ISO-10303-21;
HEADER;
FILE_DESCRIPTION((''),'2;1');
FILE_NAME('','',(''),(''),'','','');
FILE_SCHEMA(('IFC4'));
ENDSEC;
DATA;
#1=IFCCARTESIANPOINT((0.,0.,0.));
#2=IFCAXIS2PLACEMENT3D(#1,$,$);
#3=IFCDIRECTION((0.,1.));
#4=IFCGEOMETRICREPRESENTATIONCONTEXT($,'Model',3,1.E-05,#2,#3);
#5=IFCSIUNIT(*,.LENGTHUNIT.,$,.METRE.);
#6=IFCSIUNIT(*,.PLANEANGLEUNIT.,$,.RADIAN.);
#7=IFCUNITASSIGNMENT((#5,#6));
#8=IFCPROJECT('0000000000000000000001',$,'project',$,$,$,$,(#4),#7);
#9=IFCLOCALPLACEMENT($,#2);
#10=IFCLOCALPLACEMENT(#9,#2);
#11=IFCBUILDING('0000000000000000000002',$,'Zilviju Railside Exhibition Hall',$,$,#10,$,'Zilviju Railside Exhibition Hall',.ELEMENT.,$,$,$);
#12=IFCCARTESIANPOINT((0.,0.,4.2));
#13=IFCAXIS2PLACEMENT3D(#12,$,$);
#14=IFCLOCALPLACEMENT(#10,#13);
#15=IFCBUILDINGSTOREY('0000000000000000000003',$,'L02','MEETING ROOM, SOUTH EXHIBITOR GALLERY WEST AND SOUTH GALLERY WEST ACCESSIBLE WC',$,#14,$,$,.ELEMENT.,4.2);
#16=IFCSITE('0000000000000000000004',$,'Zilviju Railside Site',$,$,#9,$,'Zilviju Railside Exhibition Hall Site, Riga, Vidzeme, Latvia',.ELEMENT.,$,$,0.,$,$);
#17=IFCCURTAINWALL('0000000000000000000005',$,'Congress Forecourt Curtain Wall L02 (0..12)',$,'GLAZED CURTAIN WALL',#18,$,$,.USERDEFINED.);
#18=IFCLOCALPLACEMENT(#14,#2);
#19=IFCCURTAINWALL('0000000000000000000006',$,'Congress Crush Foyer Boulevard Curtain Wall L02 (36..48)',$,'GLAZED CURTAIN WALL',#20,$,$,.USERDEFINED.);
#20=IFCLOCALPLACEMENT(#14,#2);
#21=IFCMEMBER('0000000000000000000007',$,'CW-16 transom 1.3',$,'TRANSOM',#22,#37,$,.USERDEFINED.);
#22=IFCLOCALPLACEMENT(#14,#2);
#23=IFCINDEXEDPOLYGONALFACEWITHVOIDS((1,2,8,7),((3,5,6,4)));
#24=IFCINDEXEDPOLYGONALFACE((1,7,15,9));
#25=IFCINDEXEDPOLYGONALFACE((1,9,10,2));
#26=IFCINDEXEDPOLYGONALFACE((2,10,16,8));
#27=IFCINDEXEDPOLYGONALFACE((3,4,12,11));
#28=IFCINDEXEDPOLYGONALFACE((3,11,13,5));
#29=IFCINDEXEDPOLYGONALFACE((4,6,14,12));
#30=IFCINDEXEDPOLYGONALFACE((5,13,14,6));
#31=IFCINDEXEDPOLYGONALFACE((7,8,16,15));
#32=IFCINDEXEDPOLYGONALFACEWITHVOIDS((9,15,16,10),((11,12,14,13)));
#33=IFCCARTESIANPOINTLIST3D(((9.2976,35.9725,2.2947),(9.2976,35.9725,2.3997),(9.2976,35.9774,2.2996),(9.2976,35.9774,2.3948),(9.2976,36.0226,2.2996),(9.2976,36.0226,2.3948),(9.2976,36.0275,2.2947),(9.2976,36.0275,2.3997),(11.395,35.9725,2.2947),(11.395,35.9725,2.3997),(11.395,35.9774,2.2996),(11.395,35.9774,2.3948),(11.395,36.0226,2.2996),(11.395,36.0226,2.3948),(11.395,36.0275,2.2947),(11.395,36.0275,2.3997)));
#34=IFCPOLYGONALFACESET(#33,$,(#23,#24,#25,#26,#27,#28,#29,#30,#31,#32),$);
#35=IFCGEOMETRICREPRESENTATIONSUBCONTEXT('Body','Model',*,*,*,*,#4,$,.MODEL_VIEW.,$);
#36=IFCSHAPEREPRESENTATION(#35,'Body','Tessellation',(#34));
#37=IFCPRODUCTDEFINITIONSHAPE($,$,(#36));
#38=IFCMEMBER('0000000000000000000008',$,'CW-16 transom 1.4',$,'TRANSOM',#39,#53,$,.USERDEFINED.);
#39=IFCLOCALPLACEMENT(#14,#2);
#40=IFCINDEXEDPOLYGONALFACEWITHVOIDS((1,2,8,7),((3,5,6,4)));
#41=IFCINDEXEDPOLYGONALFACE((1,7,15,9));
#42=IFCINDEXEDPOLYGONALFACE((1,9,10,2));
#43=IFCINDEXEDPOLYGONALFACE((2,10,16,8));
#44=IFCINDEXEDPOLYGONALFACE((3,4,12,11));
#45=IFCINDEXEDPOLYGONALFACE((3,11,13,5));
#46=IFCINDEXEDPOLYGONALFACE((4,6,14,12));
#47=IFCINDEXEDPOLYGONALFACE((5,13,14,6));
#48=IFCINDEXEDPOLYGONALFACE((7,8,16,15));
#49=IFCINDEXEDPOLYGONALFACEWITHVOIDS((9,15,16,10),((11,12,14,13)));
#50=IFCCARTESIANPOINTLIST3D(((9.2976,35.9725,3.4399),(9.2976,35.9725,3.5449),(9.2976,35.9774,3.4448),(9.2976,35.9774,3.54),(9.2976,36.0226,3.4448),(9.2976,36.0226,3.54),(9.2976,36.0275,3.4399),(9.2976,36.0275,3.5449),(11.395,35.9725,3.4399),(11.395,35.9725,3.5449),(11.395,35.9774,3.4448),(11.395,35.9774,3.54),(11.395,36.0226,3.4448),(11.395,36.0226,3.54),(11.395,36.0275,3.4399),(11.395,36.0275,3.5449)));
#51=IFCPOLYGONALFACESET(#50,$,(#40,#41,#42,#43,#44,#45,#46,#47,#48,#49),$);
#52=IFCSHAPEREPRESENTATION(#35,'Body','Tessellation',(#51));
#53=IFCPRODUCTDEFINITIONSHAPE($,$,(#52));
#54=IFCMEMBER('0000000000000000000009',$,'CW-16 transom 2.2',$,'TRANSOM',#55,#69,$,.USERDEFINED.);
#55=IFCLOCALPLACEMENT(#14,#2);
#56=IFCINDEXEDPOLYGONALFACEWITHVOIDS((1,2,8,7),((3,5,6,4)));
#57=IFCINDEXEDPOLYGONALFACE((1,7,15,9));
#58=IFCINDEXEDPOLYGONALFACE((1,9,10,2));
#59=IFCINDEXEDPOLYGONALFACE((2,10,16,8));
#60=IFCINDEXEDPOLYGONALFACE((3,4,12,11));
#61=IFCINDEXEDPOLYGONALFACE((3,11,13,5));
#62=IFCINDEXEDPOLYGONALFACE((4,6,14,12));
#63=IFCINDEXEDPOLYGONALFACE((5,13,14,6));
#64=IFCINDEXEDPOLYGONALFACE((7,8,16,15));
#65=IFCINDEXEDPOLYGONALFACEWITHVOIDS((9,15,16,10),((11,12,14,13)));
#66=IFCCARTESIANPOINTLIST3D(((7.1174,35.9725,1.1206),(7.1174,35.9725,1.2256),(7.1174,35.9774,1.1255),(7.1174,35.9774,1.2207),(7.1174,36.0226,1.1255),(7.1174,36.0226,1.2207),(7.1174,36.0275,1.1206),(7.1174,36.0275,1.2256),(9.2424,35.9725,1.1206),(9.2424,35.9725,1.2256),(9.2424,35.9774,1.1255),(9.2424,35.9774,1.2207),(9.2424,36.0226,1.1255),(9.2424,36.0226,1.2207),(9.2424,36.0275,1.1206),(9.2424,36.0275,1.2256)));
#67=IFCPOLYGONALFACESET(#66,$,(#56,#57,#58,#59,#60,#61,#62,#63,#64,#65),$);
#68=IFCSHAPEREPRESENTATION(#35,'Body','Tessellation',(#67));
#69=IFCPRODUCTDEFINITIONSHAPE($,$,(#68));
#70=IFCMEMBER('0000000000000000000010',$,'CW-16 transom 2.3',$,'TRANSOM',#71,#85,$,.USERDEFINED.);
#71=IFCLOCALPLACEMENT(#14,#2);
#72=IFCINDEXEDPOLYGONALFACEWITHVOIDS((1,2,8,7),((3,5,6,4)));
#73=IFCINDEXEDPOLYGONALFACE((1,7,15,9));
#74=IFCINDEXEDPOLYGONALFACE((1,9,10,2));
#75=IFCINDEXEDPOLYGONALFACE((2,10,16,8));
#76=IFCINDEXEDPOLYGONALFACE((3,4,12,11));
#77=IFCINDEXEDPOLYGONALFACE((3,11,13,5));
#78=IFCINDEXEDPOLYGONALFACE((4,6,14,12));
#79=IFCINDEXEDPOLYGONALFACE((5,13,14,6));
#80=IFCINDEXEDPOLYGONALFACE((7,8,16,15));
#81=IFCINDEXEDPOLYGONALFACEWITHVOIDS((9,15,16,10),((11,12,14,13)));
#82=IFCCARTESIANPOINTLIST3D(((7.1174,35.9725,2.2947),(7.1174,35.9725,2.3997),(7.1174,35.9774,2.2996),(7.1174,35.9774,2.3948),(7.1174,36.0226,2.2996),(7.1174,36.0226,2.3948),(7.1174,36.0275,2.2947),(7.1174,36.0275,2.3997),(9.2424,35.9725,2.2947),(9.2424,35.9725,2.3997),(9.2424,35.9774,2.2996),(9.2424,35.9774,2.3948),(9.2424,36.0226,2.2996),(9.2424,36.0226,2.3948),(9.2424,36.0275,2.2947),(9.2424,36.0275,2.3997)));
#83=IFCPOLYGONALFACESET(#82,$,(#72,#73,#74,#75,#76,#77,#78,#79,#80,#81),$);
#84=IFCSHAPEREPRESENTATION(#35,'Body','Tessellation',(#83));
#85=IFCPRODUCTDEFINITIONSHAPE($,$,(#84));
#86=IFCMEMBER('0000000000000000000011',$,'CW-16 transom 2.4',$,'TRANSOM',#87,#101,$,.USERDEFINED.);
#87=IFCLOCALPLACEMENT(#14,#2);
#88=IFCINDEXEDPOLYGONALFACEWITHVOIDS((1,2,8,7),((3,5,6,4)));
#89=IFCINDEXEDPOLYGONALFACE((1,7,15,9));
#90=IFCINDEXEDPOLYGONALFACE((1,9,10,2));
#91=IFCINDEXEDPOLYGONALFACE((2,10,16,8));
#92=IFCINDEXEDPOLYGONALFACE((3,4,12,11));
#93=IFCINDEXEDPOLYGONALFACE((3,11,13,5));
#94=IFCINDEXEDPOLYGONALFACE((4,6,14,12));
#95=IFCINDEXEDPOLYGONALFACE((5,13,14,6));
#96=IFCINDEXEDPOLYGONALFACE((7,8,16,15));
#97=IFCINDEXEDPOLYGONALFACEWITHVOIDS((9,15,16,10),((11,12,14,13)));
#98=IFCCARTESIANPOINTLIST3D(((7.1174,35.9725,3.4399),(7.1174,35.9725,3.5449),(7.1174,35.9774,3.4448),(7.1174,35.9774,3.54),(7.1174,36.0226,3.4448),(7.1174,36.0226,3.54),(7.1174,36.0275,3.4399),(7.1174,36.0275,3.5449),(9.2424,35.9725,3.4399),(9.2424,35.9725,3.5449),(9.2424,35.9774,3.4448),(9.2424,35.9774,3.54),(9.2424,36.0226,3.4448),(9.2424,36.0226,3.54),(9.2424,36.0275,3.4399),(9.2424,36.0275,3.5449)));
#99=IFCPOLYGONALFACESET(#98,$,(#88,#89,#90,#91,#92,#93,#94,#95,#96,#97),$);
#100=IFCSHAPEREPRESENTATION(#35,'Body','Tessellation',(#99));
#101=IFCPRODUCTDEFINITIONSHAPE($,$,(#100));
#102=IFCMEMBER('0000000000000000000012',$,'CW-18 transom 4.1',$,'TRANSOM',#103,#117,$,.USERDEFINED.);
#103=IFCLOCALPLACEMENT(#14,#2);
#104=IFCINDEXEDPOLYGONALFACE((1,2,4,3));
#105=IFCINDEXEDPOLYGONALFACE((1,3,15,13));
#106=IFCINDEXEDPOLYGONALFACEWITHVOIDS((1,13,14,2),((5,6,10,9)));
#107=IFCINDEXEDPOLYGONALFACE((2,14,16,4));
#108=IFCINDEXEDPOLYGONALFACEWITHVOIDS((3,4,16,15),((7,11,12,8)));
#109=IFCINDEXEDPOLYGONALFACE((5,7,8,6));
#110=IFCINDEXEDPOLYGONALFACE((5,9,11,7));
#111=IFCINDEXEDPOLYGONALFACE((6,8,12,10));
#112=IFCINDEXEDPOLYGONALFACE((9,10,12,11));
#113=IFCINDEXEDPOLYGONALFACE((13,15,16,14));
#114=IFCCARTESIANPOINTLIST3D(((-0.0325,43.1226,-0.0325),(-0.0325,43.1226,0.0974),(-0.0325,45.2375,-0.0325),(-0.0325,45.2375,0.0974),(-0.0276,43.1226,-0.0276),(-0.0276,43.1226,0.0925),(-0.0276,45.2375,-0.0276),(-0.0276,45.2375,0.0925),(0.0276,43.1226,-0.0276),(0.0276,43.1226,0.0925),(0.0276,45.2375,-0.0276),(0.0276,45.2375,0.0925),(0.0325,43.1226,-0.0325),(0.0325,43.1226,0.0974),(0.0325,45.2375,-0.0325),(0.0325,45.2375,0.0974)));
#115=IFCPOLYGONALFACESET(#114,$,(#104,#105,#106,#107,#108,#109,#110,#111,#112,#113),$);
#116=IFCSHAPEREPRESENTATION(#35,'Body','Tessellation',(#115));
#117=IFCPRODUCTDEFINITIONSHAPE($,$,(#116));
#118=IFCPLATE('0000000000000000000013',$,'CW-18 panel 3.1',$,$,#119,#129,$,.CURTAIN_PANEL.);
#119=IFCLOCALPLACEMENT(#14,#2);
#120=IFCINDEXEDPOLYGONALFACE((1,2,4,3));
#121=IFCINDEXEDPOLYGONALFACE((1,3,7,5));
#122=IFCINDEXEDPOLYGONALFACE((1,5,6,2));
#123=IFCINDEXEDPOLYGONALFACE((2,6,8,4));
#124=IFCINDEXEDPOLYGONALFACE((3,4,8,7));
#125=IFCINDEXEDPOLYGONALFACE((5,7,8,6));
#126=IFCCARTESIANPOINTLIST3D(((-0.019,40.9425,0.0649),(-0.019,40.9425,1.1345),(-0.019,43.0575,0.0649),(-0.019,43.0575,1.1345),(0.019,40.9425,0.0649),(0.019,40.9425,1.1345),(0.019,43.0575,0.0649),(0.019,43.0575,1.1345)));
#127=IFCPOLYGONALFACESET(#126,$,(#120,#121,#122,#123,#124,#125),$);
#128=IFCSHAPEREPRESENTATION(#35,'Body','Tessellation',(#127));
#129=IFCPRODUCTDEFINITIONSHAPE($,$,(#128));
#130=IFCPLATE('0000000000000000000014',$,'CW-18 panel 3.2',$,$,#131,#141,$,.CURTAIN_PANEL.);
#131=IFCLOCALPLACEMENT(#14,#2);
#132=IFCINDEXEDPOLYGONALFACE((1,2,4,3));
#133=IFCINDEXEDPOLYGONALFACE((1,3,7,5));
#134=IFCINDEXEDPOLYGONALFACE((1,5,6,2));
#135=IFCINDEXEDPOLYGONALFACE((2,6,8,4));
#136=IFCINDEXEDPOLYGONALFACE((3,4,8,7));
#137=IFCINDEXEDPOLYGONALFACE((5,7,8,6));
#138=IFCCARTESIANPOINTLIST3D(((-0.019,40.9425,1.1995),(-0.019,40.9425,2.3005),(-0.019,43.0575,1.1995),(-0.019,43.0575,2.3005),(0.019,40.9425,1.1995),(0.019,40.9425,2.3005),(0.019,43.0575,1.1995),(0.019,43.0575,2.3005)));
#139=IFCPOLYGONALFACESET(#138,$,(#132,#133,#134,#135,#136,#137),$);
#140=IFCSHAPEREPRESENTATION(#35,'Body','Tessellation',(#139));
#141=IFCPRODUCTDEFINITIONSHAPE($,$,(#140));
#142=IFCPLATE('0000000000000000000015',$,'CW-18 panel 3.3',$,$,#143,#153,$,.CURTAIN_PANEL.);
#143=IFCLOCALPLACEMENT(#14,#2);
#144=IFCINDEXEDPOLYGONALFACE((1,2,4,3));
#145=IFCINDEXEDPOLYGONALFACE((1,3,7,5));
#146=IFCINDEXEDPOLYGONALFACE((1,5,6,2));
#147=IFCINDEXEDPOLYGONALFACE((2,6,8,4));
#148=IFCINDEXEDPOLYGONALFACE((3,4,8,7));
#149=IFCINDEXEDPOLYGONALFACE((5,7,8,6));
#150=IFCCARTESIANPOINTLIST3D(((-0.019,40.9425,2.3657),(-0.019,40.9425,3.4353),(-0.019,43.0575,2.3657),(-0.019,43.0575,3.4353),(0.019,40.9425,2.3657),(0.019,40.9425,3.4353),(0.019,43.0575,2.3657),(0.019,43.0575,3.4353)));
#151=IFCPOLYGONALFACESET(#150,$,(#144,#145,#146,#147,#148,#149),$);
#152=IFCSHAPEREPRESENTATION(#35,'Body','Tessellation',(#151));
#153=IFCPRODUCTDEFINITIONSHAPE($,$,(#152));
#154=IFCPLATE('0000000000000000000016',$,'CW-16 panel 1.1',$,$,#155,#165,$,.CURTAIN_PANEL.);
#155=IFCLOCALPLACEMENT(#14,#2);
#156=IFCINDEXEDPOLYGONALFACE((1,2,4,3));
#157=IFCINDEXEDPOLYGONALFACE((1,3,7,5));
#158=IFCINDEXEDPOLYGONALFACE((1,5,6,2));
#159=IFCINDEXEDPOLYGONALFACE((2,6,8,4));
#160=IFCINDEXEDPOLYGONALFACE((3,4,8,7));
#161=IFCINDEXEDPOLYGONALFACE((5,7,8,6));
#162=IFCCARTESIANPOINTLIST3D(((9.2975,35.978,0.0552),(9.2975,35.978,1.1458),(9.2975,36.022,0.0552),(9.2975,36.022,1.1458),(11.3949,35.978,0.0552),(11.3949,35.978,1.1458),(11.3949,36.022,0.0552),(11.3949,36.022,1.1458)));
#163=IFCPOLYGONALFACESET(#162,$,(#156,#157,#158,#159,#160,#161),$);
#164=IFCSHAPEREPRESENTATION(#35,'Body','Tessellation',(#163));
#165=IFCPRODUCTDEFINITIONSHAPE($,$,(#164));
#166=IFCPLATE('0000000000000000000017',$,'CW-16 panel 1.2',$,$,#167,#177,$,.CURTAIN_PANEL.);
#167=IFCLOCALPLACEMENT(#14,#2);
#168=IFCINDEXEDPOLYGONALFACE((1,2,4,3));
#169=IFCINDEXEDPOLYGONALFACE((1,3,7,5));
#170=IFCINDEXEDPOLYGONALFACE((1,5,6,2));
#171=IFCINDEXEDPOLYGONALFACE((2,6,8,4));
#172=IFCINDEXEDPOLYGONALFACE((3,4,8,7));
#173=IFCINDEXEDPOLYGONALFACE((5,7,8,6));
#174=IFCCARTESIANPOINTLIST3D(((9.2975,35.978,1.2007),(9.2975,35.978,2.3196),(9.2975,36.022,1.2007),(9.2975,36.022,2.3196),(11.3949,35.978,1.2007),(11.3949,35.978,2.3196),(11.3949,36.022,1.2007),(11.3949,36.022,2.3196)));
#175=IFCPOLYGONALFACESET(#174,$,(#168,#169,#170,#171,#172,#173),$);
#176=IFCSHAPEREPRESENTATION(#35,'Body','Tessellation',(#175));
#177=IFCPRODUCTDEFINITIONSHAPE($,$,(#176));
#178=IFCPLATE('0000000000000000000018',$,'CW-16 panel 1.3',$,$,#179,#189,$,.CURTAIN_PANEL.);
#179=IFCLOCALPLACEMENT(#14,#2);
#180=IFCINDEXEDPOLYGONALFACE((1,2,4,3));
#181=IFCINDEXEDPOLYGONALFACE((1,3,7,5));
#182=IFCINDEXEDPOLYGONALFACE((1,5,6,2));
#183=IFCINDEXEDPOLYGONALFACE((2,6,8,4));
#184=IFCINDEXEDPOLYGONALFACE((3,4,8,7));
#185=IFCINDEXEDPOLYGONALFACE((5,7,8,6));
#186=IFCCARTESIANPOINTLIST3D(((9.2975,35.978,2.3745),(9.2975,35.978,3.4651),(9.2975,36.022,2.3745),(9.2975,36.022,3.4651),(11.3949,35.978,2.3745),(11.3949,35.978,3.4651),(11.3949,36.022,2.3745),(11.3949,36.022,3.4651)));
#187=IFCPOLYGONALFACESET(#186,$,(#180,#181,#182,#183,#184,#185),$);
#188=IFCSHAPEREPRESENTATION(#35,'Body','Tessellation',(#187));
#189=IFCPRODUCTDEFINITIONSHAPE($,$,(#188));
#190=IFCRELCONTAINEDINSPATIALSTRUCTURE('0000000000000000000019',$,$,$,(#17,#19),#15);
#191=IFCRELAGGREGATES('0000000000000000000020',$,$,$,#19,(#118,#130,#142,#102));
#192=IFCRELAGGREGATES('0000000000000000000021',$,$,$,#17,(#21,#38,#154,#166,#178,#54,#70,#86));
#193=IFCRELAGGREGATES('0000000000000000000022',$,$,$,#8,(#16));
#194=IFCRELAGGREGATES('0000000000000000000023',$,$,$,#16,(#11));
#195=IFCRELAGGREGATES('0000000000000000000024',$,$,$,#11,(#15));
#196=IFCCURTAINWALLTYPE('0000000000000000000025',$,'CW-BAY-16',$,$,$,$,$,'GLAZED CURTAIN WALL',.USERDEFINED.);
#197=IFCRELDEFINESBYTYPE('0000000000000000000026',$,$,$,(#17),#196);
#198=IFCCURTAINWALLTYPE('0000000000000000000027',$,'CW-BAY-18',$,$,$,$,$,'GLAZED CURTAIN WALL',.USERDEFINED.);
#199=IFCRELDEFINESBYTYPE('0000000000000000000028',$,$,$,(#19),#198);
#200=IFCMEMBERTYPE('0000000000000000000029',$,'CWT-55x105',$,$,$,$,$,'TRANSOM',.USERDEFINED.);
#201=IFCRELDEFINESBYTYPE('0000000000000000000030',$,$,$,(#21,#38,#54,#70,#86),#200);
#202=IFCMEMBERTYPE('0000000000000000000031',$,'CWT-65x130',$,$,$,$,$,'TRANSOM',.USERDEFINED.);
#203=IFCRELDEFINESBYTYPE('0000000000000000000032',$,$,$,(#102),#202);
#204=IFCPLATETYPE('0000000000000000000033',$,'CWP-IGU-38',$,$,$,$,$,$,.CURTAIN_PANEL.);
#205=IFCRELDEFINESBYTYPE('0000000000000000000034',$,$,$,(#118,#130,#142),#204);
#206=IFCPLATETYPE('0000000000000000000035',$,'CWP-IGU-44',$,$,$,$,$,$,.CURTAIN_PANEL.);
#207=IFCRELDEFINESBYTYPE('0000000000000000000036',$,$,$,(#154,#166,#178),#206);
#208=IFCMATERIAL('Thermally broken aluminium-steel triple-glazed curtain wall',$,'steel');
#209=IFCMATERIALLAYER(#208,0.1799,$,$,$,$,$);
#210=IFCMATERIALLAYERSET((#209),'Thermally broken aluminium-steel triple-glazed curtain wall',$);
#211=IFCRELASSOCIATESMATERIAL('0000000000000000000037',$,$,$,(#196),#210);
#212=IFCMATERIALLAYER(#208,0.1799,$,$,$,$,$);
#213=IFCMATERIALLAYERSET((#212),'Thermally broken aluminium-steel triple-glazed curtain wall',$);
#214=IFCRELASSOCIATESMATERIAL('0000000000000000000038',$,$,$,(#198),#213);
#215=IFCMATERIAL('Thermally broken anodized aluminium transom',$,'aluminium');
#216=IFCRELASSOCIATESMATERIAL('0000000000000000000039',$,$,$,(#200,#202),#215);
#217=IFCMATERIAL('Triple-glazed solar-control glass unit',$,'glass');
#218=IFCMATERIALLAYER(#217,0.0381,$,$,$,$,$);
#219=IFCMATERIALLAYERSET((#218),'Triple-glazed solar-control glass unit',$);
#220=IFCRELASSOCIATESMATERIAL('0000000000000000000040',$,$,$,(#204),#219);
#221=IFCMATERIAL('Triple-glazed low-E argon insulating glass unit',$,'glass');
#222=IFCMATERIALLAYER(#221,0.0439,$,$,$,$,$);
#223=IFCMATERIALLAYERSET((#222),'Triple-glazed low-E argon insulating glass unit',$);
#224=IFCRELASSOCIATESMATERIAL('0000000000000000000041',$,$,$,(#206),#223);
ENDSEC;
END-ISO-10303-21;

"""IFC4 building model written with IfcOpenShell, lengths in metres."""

from ifc_helpers import new_model, si_unit, direction, frame, origin, origin_2d, place, context, subcontext, project, spatial, rectangle, hollow_rectangle, extrude, material, layer, layer_set, material_profile, profile_set, type_object, element, aggregate, save


model = new_model("IFC4")

# Units and contexts
model_context = context("Model", 3, precision=1e-05, world=origin(), true_north=direction((0.0, 1.0)))
body_context = subcontext(model_context, "Body", "Model", "MODEL_VIEW")
ifc_project = project(units=[si_unit("LENGTHUNIT", "METRE"), si_unit("PLANEANGLEUNIT", "RADIAN")], contexts=[model_context])

# Site, building, storey
site_placement = place(None, origin())
site = spatial("IfcSite", under=ifc_project, at=site_placement, Name="Zilviju Railside Site", LongName="Zilviju Railside Exhibition Hall Site, Riga, Vidzeme, Latvia", CompositionType="ELEMENT", RefElevation=0.0)
building_placement = place(site_placement, origin())
building = spatial("IfcBuilding", under=site, at=building_placement, Name="Zilviju Railside Exhibition Hall", LongName="Zilviju Railside Exhibition Hall", CompositionType="ELEMENT")
storey_placement = place(building_placement, frame((0.0, 0.0, 4.2)))
storey = spatial("IfcBuildingStorey", under=building, at=storey_placement, Name="L02", Description="MEETING ROOM, SOUTH EXHIBITOR GALLERY WEST AND SOUTH GALLERY WEST ACCESSIBLE WC", CompositionType="ELEMENT", Elevation=4.2)

# Curtain wall
ifc_material_1 = material(Name="Thermally broken aluminium-steel triple-glazed curtain wall", Category="steel")
ifc_layer_1 = layer(ifc_material_1, 0.1799)
ifc_layer_set_1 = layer_set([ifc_layer_1], Name="Thermally broken aluminium-steel triple-glazed curtain wall")
curtain_wall_type_1 = type_object("IfcCurtainWallType", Name="CW-BAY-16", ElementType="GLAZED CURTAIN WALL", PredefinedType="USERDEFINED", material=ifc_layer_set_1)
curtain_wall_1_placement = place(storey_placement, origin())
curtain_wall_1 = element("IfcCurtainWall", 1, at=curtain_wall_1_placement, inside=storey, type_object=curtain_wall_type_1, Name="Congress Forecourt Curtain Wall L02 (0..12)", ObjectType="GLAZED CURTAIN WALL", PredefinedType="USERDEFINED")

# Curtain wall
ifc_layer_2 = layer(ifc_material_1, 0.1799)
ifc_layer_set_2 = layer_set([ifc_layer_2], Name="Thermally broken aluminium-steel triple-glazed curtain wall")
curtain_wall_type_2 = type_object("IfcCurtainWallType", Name="CW-BAY-18", ElementType="GLAZED CURTAIN WALL", PredefinedType="USERDEFINED", material=ifc_layer_set_2)
curtain_wall_2_placement = place(storey_placement, origin())
curtain_wall_2 = element("IfcCurtainWall", 2, at=curtain_wall_2_placement, inside=storey, type_object=curtain_wall_type_2, Name="Congress Crush Foyer Boulevard Curtain Wall L02 (36..48)", ObjectType="GLAZED CURTAIN WALL", PredefinedType="USERDEFINED")

# Members
ifc_material_2 = material(Name="Thermally broken anodized aluminium transom", Category="aluminium")
ifc_material_profile_1 = material_profile(ifc_material_2, hollow_rectangle(XDim=0.0549, YDim=0.105, WallThickness=0.0049, at=origin_2d()), Name="TRANSOM 105x55x5")
ifc_profile_set_1 = profile_set([ifc_material_profile_1], Name="Thermally broken anodized aluminium transom")
member_type_1 = type_object("IfcMemberType", Name="CWT-55x105", ElementType="TRANSOM", PredefinedType="USERDEFINED", material=ifc_profile_set_1)
member_1_placement = place(storey_placement, frame((11.395, 36.0, 2.3472), z_axis=(-1.0, 0.0, 0.0), x_axis=(0.0, -1.0, 0.0)))
member_1 = element("IfcMember", 3, at=member_1_placement, type_object=member_type_1, Name="CW-16 transom 1.3", ObjectType="TRANSOM", PredefinedType="USERDEFINED", context=body_context, shape_type="SweptSolid", body=[
    extrude(hollow_rectangle(XDim=0.0549, YDim=0.105, WallThickness=0.0049, at=origin_2d()), origin(), (0.0, 0.0, 1.0), 2.0974),
])
member_2_placement = place(storey_placement, frame((11.395, 36.0, 3.4924), z_axis=(-1.0, 0.0, 0.0), x_axis=(0.0, -1.0, 0.0)))
member_2 = element("IfcMember", 4, at=member_2_placement, type_object=member_type_1, Name="CW-16 transom 1.4", ObjectType="TRANSOM", PredefinedType="USERDEFINED", context=body_context, shape_type="SweptSolid", body=[
    extrude(hollow_rectangle(XDim=0.0549, YDim=0.105, WallThickness=0.0049, at=origin_2d()), origin(), (0.0, 0.0, 1.0), 2.0974),
])
member_3_placement = place(storey_placement, frame((9.2424, 36.0, 1.1731), z_axis=(-1.0, 0.0, 0.0), x_axis=(0.0, -1.0, 0.0)))
member_3 = element("IfcMember", 5, at=member_3_placement, type_object=member_type_1, Name="CW-16 transom 2.2", ObjectType="TRANSOM", PredefinedType="USERDEFINED", context=body_context, shape_type="SweptSolid", body=[
    extrude(hollow_rectangle(XDim=0.0549, YDim=0.105, WallThickness=0.0049, at=origin_2d()), origin(), (0.0, 0.0, 1.0), 2.125),
])
member_4_placement = place(storey_placement, frame((9.2424, 36.0, 2.3472), z_axis=(-1.0, 0.0, 0.0), x_axis=(0.0, -1.0, 0.0)))
member_4 = element("IfcMember", 6, at=member_4_placement, type_object=member_type_1, Name="CW-16 transom 2.3", ObjectType="TRANSOM", PredefinedType="USERDEFINED", context=body_context, shape_type="SweptSolid", body=[
    extrude(hollow_rectangle(XDim=0.0549, YDim=0.105, WallThickness=0.0049, at=origin_2d()), origin(), (0.0, 0.0, 1.0), 2.125),
])
member_5_placement = place(storey_placement, frame((9.2424, 36.0, 3.4924), z_axis=(-1.0, 0.0, 0.0), x_axis=(0.0, -1.0, 0.0)))
member_5 = element("IfcMember", 7, at=member_5_placement, type_object=member_type_1, Name="CW-16 transom 2.4", ObjectType="TRANSOM", PredefinedType="USERDEFINED", context=body_context, shape_type="SweptSolid", body=[
    extrude(hollow_rectangle(XDim=0.0549, YDim=0.105, WallThickness=0.0049, at=origin_2d()), origin(), (0.0, 0.0, 1.0), 2.125),
])
ifc_material_profile_2 = material_profile(ifc_material_2, hollow_rectangle(XDim=0.0649, YDim=0.1299, WallThickness=0.0049, at=origin_2d()), Name="TRANSOM 130x65x5")
ifc_profile_set_2 = profile_set([ifc_material_profile_2], Name="Thermally broken anodized aluminium transom")
member_type_2 = type_object("IfcMemberType", Name="CWT-65x130", ElementType="TRANSOM", PredefinedType="USERDEFINED", material=ifc_profile_set_2)
member_6_placement = place(storey_placement, frame((0.0, 43.1226, 0.0325), z_axis=(0.0, 1.0, 0.0), x_axis=(-1.0, 0.0, 0.0)))
member_6 = element("IfcMember", 8, at=member_6_placement, type_object=member_type_2, Name="CW-18 transom 4.1", ObjectType="TRANSOM", PredefinedType="USERDEFINED", context=body_context, shape_type="SweptSolid", body=[
    extrude(hollow_rectangle(XDim=0.0649, YDim=0.1299, WallThickness=0.0049, at=origin_2d()), origin(), (0.0, 0.0, 1.0), 2.115),
])

# Plates
ifc_material_3 = material(Name="Triple-glazed solar-control glass unit", Category="glass")
ifc_layer_3 = layer(ifc_material_3, 0.0381)
ifc_layer_set_3 = layer_set([ifc_layer_3], Name="Triple-glazed solar-control glass unit")
plate_type_1 = type_object("IfcPlateType", Name="CWP-IGU-38", PredefinedType="CURTAIN_PANEL", material=ifc_layer_set_3)
plate_1_placement = place(storey_placement, frame((0.0, 42.0, 0.0649), z_axis=(0.0, 0.0, 1.0), x_axis=(0.0, 1.0, 0.0)))
plate_1 = element("IfcPlate", 9, at=plate_1_placement, type_object=plate_type_1, Name="CW-18 panel 3.1", PredefinedType="CURTAIN_PANEL", context=body_context, shape_type="SweptSolid", body=[
    extrude(rectangle(XDim=2.115, YDim=0.0381, at=origin_2d()), origin(), (0.0, 0.0, 1.0), 1.0696),
])
plate_2_placement = place(storey_placement, frame((0.0, 42.0, 1.1995), z_axis=(0.0, 0.0, 1.0), x_axis=(0.0, 1.0, 0.0)))
plate_2 = element("IfcPlate", 10, at=plate_2_placement, type_object=plate_type_1, Name="CW-18 panel 3.2", PredefinedType="CURTAIN_PANEL", context=body_context, shape_type="SweptSolid", body=[
    extrude(rectangle(XDim=2.115, YDim=0.0381, at=origin_2d()), origin(), (0.0, 0.0, 1.0), 1.1011),
])
plate_3_placement = place(storey_placement, frame((0.0, 42.0, 2.3657), z_axis=(0.0, 0.0, 1.0), x_axis=(0.0, 1.0, 0.0)))
plate_3 = element("IfcPlate", 11, at=plate_3_placement, type_object=plate_type_1, Name="CW-18 panel 3.3", PredefinedType="CURTAIN_PANEL", context=body_context, shape_type="SweptSolid", body=[
    extrude(rectangle(XDim=2.115, YDim=0.0381, at=origin_2d()), origin(), (0.0, 0.0, 1.0), 1.0696),
])
aggregate(curtain_wall_2, [plate_1, plate_2, plate_3, member_6])
ifc_material_4 = material(Name="Triple-glazed low-E argon insulating glass unit", Category="glass")
ifc_layer_4 = layer(ifc_material_4, 0.0439)
ifc_layer_set_4 = layer_set([ifc_layer_4], Name="Triple-glazed low-E argon insulating glass unit")
plate_type_2 = type_object("IfcPlateType", Name="CWP-IGU-44", PredefinedType="CURTAIN_PANEL", material=ifc_layer_set_4)
plate_4_placement = place(storey_placement, frame((10.3462, 36.0, 0.0552), z_axis=(0.0, 0.0, 1.0), x_axis=(-1.0, 0.0, 0.0)))
plate_4 = element("IfcPlate", 12, at=plate_4_placement, type_object=plate_type_2, Name="CW-16 panel 1.1", PredefinedType="CURTAIN_PANEL", context=body_context, shape_type="SweptSolid", body=[
    extrude(rectangle(XDim=2.0974, YDim=0.0439, at=origin_2d()), origin(), (0.0, 0.0, 1.0), 1.0906),
])
plate_5_placement = place(storey_placement, frame((10.3462, 36.0, 1.2007), z_axis=(0.0, 0.0, 1.0), x_axis=(-1.0, 0.0, 0.0)))
plate_5 = element("IfcPlate", 13, at=plate_5_placement, type_object=plate_type_2, Name="CW-16 panel 1.2", PredefinedType="CURTAIN_PANEL", context=body_context, shape_type="SweptSolid", body=[
    extrude(rectangle(XDim=2.0974, YDim=0.0439, at=origin_2d()), origin(), (0.0, 0.0, 1.0), 1.1189),
])
plate_6_placement = place(storey_placement, frame((10.3462, 36.0, 2.3745), z_axis=(0.0, 0.0, 1.0), x_axis=(-1.0, 0.0, 0.0)))
plate_6 = element("IfcPlate", 14, at=plate_6_placement, type_object=plate_type_2, Name="CW-16 panel 1.3", PredefinedType="CURTAIN_PANEL", context=body_context, shape_type="SweptSolid", body=[
    extrude(rectangle(XDim=2.0974, YDim=0.0439, at=origin_2d()), origin(), (0.0, 0.0, 1.0), 1.0906),
])
aggregate(curtain_wall_1, [member_1, member_2, plate_4, plate_5, plate_6, member_3, member_4, member_5])

save(model, "model.ifc")
